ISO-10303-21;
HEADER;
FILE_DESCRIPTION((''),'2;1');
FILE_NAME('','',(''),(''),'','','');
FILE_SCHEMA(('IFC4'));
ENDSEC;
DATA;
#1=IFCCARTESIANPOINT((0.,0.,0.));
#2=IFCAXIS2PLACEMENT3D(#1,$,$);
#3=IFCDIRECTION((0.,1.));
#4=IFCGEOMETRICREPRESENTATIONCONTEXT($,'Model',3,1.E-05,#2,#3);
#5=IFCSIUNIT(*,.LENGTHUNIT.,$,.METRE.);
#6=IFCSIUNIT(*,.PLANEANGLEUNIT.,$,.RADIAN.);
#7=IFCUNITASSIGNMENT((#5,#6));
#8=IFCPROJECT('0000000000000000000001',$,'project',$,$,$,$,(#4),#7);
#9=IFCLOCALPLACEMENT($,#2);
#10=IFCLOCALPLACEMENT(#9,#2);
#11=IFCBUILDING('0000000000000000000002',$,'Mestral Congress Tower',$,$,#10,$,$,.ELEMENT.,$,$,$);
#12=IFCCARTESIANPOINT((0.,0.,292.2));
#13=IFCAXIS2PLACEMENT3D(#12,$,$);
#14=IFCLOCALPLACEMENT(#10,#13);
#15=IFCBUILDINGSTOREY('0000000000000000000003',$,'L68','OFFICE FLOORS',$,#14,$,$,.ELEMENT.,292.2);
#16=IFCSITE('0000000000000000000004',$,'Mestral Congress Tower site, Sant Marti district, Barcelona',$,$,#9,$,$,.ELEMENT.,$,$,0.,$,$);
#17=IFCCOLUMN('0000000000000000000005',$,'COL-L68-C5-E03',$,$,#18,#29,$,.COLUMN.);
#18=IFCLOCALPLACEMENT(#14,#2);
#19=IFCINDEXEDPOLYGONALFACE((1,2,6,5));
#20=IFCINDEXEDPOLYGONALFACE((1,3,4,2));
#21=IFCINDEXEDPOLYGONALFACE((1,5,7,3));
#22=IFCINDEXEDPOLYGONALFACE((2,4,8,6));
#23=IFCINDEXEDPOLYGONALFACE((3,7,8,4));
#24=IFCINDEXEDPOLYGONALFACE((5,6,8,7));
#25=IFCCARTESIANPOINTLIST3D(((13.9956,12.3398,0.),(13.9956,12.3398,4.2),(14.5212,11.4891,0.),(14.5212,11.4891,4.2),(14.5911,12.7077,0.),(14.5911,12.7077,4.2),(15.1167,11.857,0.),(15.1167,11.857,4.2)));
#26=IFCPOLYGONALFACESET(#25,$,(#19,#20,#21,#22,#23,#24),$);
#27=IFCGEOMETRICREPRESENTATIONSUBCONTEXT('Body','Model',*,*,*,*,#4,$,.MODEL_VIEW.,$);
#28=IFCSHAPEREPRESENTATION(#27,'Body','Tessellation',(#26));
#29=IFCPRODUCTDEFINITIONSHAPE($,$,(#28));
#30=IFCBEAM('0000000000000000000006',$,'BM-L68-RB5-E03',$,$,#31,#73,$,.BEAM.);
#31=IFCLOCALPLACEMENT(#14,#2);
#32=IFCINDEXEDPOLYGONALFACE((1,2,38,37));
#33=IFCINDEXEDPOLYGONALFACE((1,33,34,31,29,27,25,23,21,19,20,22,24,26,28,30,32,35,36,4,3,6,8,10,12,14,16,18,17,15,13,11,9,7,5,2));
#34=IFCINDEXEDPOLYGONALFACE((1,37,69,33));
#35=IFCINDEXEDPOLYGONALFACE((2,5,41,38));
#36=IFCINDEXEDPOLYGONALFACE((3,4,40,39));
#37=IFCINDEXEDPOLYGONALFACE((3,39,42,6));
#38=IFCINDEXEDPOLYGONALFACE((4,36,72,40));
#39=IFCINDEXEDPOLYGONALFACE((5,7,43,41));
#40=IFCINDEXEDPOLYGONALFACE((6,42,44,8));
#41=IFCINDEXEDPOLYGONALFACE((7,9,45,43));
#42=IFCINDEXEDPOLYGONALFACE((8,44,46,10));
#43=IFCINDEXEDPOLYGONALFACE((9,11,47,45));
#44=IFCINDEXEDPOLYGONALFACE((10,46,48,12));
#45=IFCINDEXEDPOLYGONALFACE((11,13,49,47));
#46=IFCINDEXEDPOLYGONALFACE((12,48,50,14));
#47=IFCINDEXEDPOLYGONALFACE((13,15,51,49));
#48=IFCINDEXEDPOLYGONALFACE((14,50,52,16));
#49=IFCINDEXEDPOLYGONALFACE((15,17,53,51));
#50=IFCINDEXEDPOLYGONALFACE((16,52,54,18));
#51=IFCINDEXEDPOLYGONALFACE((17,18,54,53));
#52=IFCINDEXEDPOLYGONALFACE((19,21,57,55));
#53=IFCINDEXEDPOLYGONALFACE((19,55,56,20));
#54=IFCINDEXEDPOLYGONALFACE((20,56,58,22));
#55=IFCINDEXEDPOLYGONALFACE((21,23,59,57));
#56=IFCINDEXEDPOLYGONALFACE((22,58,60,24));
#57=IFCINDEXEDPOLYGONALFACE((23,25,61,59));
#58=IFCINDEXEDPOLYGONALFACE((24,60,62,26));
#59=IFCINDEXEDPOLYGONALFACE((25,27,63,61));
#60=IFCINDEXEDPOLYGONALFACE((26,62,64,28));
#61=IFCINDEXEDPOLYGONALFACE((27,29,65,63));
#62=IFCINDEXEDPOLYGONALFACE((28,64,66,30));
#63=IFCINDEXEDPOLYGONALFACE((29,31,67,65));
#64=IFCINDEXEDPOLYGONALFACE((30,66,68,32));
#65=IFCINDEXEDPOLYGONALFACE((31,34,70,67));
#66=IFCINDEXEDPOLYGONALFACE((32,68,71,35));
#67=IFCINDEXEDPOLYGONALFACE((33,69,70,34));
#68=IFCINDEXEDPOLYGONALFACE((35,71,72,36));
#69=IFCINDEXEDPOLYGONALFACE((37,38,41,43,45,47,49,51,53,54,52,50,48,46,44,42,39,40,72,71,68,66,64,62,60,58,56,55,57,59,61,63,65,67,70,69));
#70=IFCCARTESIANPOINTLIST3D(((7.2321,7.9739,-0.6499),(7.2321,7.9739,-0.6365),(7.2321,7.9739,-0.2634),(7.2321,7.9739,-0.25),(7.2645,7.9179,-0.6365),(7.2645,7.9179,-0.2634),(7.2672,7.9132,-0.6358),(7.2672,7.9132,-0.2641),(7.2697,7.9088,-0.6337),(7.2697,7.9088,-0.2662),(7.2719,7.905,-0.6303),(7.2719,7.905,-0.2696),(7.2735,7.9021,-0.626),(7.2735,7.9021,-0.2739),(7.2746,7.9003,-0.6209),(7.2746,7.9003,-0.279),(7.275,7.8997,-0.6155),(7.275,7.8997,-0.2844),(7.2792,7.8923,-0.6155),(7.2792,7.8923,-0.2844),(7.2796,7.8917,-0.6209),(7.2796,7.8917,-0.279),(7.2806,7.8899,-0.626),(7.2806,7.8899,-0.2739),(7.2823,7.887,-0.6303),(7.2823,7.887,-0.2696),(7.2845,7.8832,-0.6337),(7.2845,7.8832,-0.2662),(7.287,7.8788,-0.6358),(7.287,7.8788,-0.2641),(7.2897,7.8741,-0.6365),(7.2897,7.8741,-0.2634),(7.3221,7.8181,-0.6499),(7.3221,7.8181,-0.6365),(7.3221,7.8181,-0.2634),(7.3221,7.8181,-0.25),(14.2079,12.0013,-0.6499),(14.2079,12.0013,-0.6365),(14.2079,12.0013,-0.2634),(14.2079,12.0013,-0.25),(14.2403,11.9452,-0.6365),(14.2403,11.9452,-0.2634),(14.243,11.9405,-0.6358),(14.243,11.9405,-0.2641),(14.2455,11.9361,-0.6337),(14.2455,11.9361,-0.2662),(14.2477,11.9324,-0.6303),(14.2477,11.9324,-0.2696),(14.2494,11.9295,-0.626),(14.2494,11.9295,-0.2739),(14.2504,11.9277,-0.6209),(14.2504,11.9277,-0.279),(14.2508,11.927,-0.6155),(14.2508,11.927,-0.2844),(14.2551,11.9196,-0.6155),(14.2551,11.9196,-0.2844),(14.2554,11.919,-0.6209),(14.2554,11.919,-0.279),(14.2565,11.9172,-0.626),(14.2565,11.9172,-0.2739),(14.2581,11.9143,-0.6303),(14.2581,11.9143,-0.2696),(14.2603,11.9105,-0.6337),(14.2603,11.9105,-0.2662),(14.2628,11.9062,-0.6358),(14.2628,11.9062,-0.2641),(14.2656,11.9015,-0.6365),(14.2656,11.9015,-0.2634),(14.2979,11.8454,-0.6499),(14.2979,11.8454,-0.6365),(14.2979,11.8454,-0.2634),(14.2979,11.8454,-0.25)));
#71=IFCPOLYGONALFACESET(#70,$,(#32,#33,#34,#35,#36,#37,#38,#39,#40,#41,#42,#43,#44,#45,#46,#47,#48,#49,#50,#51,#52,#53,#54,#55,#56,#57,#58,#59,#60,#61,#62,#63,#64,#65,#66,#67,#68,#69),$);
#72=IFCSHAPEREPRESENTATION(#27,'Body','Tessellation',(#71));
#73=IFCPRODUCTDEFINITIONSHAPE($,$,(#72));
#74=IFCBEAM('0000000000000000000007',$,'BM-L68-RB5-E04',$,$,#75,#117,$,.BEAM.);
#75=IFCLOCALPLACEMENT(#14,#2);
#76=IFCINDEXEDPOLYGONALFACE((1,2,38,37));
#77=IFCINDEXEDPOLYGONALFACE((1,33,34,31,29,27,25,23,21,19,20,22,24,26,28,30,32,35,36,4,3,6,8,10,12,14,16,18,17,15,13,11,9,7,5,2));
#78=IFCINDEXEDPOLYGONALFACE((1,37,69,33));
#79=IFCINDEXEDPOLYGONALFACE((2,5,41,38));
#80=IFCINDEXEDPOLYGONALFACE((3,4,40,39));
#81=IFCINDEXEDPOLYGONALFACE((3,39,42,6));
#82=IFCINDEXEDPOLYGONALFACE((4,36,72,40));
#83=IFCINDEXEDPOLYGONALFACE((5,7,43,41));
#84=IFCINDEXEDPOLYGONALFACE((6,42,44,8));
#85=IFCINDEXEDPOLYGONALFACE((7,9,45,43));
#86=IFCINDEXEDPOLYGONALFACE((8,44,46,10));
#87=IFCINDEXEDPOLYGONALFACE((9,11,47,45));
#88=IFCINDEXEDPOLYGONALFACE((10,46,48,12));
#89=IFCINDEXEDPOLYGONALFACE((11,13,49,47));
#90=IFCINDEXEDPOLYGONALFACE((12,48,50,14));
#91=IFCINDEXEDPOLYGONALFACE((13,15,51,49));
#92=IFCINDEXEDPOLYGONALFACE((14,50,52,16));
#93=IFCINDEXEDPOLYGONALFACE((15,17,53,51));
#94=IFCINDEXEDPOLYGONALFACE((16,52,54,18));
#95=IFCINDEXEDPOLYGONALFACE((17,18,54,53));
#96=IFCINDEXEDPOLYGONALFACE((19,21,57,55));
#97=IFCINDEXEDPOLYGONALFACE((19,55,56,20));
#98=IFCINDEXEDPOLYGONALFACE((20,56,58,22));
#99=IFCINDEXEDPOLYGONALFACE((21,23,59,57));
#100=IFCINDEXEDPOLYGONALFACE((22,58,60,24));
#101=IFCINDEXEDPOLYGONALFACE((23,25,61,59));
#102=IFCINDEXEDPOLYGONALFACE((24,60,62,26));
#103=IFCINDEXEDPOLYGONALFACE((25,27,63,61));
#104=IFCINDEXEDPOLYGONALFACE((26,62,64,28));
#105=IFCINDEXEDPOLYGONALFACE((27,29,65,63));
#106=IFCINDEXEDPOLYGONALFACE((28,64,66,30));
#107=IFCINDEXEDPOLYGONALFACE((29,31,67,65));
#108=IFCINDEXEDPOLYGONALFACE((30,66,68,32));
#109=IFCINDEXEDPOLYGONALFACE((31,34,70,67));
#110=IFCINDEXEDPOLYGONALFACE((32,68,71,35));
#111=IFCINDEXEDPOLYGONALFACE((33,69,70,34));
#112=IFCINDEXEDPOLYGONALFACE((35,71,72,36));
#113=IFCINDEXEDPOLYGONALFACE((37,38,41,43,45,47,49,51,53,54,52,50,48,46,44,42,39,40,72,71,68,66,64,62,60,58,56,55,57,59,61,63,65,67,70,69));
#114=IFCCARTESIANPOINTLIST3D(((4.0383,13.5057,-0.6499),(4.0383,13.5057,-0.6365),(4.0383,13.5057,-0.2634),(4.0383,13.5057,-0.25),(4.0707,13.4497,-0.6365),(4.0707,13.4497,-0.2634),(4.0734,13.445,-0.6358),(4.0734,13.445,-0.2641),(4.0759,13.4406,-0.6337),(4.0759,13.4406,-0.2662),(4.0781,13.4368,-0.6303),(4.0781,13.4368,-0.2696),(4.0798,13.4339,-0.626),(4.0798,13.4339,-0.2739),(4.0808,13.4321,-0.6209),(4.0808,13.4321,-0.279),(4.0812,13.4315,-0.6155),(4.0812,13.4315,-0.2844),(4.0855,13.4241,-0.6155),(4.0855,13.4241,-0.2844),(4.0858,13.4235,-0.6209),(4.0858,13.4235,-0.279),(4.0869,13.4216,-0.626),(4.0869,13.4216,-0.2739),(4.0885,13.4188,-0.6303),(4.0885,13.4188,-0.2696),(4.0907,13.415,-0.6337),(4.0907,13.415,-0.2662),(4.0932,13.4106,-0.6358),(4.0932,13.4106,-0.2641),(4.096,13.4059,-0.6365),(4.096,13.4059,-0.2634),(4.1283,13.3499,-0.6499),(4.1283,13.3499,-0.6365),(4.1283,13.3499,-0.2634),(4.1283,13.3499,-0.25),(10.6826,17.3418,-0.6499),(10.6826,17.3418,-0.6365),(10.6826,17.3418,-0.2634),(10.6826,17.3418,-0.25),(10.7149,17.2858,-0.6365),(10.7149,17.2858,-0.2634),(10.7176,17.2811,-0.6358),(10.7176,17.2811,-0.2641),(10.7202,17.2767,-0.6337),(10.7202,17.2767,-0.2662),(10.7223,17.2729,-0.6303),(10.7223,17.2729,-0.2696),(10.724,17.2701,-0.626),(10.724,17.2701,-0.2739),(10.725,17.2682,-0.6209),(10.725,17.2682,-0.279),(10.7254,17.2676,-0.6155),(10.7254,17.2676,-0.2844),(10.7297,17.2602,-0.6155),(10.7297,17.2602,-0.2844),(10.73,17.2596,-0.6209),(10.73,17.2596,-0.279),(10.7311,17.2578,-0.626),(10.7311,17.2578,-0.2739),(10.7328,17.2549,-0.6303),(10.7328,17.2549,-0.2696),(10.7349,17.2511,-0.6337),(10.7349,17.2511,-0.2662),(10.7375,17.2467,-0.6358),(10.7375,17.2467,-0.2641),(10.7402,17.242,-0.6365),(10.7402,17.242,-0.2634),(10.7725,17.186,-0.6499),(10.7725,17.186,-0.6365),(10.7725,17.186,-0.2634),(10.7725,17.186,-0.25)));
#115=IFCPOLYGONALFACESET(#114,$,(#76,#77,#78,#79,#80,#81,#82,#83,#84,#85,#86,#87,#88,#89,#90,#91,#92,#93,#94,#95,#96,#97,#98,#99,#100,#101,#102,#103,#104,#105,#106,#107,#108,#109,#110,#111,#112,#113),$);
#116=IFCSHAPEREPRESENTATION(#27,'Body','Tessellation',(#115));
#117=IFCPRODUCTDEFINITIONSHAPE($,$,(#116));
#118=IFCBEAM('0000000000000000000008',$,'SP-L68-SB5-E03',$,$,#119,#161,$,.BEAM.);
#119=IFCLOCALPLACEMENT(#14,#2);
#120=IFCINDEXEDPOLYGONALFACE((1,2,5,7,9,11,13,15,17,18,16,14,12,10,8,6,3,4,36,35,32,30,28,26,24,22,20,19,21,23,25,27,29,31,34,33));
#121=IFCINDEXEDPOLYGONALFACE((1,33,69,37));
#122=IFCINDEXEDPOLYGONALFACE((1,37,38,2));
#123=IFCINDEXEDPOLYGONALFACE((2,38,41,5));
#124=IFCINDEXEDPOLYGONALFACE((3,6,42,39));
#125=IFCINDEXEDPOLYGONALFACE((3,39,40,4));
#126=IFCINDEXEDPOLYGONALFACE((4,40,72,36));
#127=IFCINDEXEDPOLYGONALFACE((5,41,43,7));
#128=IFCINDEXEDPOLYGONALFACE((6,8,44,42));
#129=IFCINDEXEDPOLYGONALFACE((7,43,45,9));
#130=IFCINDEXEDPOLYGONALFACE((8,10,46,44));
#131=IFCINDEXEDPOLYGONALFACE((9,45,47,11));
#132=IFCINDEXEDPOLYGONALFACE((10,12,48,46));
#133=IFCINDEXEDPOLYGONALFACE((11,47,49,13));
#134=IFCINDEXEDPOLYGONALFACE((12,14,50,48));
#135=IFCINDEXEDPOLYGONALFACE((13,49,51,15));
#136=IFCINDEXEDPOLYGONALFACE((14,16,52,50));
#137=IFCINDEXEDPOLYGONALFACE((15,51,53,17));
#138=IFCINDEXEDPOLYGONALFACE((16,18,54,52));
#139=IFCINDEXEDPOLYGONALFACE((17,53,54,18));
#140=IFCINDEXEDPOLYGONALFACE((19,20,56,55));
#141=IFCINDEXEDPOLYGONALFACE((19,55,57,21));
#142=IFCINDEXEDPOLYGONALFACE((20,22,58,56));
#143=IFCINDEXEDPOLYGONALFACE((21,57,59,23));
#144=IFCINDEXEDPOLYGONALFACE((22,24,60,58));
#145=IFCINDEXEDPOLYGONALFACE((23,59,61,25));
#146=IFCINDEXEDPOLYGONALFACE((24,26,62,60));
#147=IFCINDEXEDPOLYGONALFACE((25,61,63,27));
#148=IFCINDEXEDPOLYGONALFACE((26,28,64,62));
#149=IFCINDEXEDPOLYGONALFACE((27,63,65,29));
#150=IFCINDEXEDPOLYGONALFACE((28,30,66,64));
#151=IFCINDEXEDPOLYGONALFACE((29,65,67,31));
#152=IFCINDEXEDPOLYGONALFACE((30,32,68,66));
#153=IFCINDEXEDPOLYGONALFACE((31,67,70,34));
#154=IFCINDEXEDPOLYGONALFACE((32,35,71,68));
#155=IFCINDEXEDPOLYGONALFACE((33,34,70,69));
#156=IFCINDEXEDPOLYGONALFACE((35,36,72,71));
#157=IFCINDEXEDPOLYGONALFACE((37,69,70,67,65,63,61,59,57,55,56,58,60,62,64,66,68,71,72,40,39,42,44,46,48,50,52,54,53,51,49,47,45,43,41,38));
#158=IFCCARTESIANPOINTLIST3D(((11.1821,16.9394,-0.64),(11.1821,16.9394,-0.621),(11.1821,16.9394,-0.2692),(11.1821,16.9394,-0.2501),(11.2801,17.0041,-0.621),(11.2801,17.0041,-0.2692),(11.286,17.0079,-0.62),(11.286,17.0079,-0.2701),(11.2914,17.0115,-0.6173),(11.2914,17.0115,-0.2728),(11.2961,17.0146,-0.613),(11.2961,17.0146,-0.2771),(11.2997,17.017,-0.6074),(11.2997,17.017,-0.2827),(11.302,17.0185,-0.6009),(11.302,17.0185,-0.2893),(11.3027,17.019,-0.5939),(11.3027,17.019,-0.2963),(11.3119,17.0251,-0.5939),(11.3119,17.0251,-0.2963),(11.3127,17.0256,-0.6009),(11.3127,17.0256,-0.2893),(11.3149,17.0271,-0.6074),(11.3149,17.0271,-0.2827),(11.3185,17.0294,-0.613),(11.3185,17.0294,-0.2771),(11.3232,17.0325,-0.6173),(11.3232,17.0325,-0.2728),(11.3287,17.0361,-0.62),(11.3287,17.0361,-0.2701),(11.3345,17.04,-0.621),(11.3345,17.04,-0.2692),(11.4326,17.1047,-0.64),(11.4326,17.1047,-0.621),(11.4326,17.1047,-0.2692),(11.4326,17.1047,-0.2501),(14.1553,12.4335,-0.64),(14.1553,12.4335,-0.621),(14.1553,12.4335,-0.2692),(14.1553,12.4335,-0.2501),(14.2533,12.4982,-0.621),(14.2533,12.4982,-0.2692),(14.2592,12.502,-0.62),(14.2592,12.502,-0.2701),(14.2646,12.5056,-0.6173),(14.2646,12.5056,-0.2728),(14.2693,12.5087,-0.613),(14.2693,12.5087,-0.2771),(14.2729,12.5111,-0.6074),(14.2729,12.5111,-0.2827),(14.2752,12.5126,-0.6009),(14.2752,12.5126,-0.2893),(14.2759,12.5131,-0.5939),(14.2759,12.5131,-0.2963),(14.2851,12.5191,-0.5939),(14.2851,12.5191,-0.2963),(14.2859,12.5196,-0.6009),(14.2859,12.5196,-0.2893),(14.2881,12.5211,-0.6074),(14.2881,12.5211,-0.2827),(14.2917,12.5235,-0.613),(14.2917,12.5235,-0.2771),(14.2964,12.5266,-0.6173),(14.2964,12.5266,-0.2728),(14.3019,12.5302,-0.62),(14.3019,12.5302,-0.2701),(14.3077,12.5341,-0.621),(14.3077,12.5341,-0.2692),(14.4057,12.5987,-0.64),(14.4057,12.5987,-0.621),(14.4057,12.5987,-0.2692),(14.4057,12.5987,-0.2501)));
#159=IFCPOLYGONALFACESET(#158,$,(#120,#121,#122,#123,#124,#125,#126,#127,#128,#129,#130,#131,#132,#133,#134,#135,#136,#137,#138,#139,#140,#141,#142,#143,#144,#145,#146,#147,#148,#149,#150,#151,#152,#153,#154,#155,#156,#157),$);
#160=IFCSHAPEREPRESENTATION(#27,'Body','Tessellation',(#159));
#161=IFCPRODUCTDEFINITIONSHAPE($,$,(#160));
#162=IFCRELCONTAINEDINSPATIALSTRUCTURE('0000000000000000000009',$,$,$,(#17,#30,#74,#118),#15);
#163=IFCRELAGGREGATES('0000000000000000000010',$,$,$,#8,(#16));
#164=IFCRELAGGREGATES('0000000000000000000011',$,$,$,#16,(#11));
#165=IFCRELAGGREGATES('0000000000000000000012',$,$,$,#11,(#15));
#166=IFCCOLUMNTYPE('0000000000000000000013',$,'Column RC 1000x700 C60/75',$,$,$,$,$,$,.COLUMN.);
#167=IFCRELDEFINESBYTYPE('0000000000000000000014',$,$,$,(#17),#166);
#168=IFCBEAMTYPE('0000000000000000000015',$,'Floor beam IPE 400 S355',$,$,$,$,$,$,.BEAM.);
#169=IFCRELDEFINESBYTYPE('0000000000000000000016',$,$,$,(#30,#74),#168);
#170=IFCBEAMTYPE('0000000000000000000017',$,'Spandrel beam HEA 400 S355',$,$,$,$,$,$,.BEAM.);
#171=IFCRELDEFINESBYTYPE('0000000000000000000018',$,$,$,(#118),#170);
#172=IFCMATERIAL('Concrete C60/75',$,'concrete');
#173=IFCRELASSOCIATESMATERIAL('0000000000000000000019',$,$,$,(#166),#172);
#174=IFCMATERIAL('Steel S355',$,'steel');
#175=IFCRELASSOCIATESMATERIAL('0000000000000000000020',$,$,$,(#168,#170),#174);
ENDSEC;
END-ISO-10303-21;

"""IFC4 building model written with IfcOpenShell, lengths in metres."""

from ifc_helpers import new_model, si_unit, direction, frame, origin, origin_2d, place, context, subcontext, project, spatial, rectangle, i_section, extrude, material, material_profile, profile_set, type_object, element, save


model = new_model("IFC4")

# Units and contexts
model_context = context("Model", 3, precision=1e-05, world=origin(), true_north=direction((0.0, 1.0)))
body_context = subcontext(model_context, "Body", "Model", "MODEL_VIEW")
ifc_project = project(units=[si_unit("LENGTHUNIT", "METRE"), si_unit("PLANEANGLEUNIT", "RADIAN")], contexts=[model_context])

# Site, building, storey
site_placement = place(None, origin())
site = spatial("IfcSite", under=ifc_project, at=site_placement, Name="Mestral Congress Tower site, Sant Marti district, Barcelona", CompositionType="ELEMENT", RefElevation=0.0)
building_placement = place(site_placement, origin())
building = spatial("IfcBuilding", under=site, at=building_placement, Name="Mestral Congress Tower", CompositionType="ELEMENT")
storey_placement = place(building_placement, frame((0.0, 0.0, 292.2)))
storey = spatial("IfcBuildingStorey", under=building, at=storey_placement, Name="L68", Description="OFFICE FLOORS", CompositionType="ELEMENT", Elevation=292.2)

# Column
ifc_material_1 = material(Name="Concrete C60/75", Category="concrete")
ifc_material_profile_1 = material_profile(ifc_material_1, rectangle(XDim=1.0, YDim=0.7, at=origin_2d()), Name="RC 1000x700")
ifc_profile_set_1 = profile_set([ifc_material_profile_1], Name="Concrete C60/75")
column_type = type_object("IfcColumnType", Name="Column RC 1000x700 C60/75", PredefinedType="COLUMN", material=ifc_profile_set_1)
column_placement = place(storey_placement, frame((14.5562, 12.0984, 0.0), z_axis=(0.0, 0.0, 1.0), x_axis=(-0.52561, 0.850726, 0.0)))
element("IfcColumn", 1, at=column_placement, inside=storey, type_object=column_type, Name="COL-L68-C5-E03", PredefinedType="COLUMN", context=body_context, shape_type="SweptSolid", body=[
    extrude(rectangle(XDim=1.0, YDim=0.7, at=origin_2d()), origin(), (0.0, 0.0, 1.0), 4.2),
])

# Beams
ifc_material_2 = material(Name="Steel S355", Category="steel")
ifc_material_profile_2 = material_profile(ifc_material_2, i_section(OverallWidth=0.1799, OverallDepth=0.3999, WebThickness=0.0085, FlangeThickness=0.0134, FilletRadius=0.021, at=origin_2d()), Name="IPE 400")
ifc_profile_set_2 = profile_set([ifc_material_profile_2], Name="Steel S355")
beam_type_1 = type_object("IfcBeamType", Name="Floor beam IPE 400 S355", PredefinedType="BEAM", material=ifc_profile_set_2)
beam_1_placement = place(storey_placement, frame((14.2529, 11.9233, -0.45), z_axis=(-0.866034, -0.499986, 0.0), x_axis=(0.499986, -0.866034, 0.0)))
element("IfcBeam", 2, at=beam_1_placement, inside=storey, type_object=beam_type_1, Name="BM-L68-RB5-E03", PredefinedType="BEAM", context=body_context, shape_type="SweptSolid", body=[
    extrude(i_section(OverallWidth=0.1799, OverallDepth=0.3999, WebThickness=0.0085, FlangeThickness=0.0134, FilletRadius=0.021, at=origin_2d()), origin(), (0.0, 0.0, 1.0), 8.0549),
])
beam_2_placement = place(storey_placement, frame((10.7275, 17.2639, -0.45), z_axis=(-0.86602, -0.50001, 0.0), x_axis=(0.50001, -0.86602, 0.0)))
element("IfcBeam", 3, at=beam_2_placement, inside=storey, type_object=beam_type_1, Name="BM-L68-RB5-E04", PredefinedType="BEAM", context=body_context, shape_type="SweptSolid", body=[
    extrude(i_section(OverallWidth=0.1799, OverallDepth=0.3999, WebThickness=0.0085, FlangeThickness=0.0134, FilletRadius=0.021, at=origin_2d()), origin(), (0.0, 0.0, 1.0), 7.6721),
])
ifc_material_profile_3 = material_profile(ifc_material_2, i_section(OverallWidth=0.3, OverallDepth=0.3899, WebThickness=0.011, FlangeThickness=0.019, FilletRadius=0.0271, at=origin_2d()), Name="HEA 400")
ifc_profile_set_3 = profile_set([ifc_material_profile_3], Name="Steel S355")
beam_type_2 = type_object("IfcBeamType", Name="Spandrel beam HEA 400 S355", PredefinedType="BEAM", material=ifc_profile_set_3)
beam_3_placement = place(storey_placement, frame((14.2805, 12.5161, -0.4451), z_axis=(-0.550749, 0.834671, 0.0), x_axis=(-0.834671, -0.550749, 0.0)))
element("IfcBeam", 4, at=beam_3_placement, inside=storey, type_object=beam_type_2, Name="SP-L68-SB5-E03", PredefinedType="BEAM", context=body_context, shape_type="SweptSolid", body=[
    extrude(i_section(OverallWidth=0.3, OverallDepth=0.3899, WebThickness=0.011, FlangeThickness=0.019, FilletRadius=0.0271, at=origin_2d()), origin(), (0.0, 0.0, 1.0), 5.3984),
])

save(model, "model.ifc")
